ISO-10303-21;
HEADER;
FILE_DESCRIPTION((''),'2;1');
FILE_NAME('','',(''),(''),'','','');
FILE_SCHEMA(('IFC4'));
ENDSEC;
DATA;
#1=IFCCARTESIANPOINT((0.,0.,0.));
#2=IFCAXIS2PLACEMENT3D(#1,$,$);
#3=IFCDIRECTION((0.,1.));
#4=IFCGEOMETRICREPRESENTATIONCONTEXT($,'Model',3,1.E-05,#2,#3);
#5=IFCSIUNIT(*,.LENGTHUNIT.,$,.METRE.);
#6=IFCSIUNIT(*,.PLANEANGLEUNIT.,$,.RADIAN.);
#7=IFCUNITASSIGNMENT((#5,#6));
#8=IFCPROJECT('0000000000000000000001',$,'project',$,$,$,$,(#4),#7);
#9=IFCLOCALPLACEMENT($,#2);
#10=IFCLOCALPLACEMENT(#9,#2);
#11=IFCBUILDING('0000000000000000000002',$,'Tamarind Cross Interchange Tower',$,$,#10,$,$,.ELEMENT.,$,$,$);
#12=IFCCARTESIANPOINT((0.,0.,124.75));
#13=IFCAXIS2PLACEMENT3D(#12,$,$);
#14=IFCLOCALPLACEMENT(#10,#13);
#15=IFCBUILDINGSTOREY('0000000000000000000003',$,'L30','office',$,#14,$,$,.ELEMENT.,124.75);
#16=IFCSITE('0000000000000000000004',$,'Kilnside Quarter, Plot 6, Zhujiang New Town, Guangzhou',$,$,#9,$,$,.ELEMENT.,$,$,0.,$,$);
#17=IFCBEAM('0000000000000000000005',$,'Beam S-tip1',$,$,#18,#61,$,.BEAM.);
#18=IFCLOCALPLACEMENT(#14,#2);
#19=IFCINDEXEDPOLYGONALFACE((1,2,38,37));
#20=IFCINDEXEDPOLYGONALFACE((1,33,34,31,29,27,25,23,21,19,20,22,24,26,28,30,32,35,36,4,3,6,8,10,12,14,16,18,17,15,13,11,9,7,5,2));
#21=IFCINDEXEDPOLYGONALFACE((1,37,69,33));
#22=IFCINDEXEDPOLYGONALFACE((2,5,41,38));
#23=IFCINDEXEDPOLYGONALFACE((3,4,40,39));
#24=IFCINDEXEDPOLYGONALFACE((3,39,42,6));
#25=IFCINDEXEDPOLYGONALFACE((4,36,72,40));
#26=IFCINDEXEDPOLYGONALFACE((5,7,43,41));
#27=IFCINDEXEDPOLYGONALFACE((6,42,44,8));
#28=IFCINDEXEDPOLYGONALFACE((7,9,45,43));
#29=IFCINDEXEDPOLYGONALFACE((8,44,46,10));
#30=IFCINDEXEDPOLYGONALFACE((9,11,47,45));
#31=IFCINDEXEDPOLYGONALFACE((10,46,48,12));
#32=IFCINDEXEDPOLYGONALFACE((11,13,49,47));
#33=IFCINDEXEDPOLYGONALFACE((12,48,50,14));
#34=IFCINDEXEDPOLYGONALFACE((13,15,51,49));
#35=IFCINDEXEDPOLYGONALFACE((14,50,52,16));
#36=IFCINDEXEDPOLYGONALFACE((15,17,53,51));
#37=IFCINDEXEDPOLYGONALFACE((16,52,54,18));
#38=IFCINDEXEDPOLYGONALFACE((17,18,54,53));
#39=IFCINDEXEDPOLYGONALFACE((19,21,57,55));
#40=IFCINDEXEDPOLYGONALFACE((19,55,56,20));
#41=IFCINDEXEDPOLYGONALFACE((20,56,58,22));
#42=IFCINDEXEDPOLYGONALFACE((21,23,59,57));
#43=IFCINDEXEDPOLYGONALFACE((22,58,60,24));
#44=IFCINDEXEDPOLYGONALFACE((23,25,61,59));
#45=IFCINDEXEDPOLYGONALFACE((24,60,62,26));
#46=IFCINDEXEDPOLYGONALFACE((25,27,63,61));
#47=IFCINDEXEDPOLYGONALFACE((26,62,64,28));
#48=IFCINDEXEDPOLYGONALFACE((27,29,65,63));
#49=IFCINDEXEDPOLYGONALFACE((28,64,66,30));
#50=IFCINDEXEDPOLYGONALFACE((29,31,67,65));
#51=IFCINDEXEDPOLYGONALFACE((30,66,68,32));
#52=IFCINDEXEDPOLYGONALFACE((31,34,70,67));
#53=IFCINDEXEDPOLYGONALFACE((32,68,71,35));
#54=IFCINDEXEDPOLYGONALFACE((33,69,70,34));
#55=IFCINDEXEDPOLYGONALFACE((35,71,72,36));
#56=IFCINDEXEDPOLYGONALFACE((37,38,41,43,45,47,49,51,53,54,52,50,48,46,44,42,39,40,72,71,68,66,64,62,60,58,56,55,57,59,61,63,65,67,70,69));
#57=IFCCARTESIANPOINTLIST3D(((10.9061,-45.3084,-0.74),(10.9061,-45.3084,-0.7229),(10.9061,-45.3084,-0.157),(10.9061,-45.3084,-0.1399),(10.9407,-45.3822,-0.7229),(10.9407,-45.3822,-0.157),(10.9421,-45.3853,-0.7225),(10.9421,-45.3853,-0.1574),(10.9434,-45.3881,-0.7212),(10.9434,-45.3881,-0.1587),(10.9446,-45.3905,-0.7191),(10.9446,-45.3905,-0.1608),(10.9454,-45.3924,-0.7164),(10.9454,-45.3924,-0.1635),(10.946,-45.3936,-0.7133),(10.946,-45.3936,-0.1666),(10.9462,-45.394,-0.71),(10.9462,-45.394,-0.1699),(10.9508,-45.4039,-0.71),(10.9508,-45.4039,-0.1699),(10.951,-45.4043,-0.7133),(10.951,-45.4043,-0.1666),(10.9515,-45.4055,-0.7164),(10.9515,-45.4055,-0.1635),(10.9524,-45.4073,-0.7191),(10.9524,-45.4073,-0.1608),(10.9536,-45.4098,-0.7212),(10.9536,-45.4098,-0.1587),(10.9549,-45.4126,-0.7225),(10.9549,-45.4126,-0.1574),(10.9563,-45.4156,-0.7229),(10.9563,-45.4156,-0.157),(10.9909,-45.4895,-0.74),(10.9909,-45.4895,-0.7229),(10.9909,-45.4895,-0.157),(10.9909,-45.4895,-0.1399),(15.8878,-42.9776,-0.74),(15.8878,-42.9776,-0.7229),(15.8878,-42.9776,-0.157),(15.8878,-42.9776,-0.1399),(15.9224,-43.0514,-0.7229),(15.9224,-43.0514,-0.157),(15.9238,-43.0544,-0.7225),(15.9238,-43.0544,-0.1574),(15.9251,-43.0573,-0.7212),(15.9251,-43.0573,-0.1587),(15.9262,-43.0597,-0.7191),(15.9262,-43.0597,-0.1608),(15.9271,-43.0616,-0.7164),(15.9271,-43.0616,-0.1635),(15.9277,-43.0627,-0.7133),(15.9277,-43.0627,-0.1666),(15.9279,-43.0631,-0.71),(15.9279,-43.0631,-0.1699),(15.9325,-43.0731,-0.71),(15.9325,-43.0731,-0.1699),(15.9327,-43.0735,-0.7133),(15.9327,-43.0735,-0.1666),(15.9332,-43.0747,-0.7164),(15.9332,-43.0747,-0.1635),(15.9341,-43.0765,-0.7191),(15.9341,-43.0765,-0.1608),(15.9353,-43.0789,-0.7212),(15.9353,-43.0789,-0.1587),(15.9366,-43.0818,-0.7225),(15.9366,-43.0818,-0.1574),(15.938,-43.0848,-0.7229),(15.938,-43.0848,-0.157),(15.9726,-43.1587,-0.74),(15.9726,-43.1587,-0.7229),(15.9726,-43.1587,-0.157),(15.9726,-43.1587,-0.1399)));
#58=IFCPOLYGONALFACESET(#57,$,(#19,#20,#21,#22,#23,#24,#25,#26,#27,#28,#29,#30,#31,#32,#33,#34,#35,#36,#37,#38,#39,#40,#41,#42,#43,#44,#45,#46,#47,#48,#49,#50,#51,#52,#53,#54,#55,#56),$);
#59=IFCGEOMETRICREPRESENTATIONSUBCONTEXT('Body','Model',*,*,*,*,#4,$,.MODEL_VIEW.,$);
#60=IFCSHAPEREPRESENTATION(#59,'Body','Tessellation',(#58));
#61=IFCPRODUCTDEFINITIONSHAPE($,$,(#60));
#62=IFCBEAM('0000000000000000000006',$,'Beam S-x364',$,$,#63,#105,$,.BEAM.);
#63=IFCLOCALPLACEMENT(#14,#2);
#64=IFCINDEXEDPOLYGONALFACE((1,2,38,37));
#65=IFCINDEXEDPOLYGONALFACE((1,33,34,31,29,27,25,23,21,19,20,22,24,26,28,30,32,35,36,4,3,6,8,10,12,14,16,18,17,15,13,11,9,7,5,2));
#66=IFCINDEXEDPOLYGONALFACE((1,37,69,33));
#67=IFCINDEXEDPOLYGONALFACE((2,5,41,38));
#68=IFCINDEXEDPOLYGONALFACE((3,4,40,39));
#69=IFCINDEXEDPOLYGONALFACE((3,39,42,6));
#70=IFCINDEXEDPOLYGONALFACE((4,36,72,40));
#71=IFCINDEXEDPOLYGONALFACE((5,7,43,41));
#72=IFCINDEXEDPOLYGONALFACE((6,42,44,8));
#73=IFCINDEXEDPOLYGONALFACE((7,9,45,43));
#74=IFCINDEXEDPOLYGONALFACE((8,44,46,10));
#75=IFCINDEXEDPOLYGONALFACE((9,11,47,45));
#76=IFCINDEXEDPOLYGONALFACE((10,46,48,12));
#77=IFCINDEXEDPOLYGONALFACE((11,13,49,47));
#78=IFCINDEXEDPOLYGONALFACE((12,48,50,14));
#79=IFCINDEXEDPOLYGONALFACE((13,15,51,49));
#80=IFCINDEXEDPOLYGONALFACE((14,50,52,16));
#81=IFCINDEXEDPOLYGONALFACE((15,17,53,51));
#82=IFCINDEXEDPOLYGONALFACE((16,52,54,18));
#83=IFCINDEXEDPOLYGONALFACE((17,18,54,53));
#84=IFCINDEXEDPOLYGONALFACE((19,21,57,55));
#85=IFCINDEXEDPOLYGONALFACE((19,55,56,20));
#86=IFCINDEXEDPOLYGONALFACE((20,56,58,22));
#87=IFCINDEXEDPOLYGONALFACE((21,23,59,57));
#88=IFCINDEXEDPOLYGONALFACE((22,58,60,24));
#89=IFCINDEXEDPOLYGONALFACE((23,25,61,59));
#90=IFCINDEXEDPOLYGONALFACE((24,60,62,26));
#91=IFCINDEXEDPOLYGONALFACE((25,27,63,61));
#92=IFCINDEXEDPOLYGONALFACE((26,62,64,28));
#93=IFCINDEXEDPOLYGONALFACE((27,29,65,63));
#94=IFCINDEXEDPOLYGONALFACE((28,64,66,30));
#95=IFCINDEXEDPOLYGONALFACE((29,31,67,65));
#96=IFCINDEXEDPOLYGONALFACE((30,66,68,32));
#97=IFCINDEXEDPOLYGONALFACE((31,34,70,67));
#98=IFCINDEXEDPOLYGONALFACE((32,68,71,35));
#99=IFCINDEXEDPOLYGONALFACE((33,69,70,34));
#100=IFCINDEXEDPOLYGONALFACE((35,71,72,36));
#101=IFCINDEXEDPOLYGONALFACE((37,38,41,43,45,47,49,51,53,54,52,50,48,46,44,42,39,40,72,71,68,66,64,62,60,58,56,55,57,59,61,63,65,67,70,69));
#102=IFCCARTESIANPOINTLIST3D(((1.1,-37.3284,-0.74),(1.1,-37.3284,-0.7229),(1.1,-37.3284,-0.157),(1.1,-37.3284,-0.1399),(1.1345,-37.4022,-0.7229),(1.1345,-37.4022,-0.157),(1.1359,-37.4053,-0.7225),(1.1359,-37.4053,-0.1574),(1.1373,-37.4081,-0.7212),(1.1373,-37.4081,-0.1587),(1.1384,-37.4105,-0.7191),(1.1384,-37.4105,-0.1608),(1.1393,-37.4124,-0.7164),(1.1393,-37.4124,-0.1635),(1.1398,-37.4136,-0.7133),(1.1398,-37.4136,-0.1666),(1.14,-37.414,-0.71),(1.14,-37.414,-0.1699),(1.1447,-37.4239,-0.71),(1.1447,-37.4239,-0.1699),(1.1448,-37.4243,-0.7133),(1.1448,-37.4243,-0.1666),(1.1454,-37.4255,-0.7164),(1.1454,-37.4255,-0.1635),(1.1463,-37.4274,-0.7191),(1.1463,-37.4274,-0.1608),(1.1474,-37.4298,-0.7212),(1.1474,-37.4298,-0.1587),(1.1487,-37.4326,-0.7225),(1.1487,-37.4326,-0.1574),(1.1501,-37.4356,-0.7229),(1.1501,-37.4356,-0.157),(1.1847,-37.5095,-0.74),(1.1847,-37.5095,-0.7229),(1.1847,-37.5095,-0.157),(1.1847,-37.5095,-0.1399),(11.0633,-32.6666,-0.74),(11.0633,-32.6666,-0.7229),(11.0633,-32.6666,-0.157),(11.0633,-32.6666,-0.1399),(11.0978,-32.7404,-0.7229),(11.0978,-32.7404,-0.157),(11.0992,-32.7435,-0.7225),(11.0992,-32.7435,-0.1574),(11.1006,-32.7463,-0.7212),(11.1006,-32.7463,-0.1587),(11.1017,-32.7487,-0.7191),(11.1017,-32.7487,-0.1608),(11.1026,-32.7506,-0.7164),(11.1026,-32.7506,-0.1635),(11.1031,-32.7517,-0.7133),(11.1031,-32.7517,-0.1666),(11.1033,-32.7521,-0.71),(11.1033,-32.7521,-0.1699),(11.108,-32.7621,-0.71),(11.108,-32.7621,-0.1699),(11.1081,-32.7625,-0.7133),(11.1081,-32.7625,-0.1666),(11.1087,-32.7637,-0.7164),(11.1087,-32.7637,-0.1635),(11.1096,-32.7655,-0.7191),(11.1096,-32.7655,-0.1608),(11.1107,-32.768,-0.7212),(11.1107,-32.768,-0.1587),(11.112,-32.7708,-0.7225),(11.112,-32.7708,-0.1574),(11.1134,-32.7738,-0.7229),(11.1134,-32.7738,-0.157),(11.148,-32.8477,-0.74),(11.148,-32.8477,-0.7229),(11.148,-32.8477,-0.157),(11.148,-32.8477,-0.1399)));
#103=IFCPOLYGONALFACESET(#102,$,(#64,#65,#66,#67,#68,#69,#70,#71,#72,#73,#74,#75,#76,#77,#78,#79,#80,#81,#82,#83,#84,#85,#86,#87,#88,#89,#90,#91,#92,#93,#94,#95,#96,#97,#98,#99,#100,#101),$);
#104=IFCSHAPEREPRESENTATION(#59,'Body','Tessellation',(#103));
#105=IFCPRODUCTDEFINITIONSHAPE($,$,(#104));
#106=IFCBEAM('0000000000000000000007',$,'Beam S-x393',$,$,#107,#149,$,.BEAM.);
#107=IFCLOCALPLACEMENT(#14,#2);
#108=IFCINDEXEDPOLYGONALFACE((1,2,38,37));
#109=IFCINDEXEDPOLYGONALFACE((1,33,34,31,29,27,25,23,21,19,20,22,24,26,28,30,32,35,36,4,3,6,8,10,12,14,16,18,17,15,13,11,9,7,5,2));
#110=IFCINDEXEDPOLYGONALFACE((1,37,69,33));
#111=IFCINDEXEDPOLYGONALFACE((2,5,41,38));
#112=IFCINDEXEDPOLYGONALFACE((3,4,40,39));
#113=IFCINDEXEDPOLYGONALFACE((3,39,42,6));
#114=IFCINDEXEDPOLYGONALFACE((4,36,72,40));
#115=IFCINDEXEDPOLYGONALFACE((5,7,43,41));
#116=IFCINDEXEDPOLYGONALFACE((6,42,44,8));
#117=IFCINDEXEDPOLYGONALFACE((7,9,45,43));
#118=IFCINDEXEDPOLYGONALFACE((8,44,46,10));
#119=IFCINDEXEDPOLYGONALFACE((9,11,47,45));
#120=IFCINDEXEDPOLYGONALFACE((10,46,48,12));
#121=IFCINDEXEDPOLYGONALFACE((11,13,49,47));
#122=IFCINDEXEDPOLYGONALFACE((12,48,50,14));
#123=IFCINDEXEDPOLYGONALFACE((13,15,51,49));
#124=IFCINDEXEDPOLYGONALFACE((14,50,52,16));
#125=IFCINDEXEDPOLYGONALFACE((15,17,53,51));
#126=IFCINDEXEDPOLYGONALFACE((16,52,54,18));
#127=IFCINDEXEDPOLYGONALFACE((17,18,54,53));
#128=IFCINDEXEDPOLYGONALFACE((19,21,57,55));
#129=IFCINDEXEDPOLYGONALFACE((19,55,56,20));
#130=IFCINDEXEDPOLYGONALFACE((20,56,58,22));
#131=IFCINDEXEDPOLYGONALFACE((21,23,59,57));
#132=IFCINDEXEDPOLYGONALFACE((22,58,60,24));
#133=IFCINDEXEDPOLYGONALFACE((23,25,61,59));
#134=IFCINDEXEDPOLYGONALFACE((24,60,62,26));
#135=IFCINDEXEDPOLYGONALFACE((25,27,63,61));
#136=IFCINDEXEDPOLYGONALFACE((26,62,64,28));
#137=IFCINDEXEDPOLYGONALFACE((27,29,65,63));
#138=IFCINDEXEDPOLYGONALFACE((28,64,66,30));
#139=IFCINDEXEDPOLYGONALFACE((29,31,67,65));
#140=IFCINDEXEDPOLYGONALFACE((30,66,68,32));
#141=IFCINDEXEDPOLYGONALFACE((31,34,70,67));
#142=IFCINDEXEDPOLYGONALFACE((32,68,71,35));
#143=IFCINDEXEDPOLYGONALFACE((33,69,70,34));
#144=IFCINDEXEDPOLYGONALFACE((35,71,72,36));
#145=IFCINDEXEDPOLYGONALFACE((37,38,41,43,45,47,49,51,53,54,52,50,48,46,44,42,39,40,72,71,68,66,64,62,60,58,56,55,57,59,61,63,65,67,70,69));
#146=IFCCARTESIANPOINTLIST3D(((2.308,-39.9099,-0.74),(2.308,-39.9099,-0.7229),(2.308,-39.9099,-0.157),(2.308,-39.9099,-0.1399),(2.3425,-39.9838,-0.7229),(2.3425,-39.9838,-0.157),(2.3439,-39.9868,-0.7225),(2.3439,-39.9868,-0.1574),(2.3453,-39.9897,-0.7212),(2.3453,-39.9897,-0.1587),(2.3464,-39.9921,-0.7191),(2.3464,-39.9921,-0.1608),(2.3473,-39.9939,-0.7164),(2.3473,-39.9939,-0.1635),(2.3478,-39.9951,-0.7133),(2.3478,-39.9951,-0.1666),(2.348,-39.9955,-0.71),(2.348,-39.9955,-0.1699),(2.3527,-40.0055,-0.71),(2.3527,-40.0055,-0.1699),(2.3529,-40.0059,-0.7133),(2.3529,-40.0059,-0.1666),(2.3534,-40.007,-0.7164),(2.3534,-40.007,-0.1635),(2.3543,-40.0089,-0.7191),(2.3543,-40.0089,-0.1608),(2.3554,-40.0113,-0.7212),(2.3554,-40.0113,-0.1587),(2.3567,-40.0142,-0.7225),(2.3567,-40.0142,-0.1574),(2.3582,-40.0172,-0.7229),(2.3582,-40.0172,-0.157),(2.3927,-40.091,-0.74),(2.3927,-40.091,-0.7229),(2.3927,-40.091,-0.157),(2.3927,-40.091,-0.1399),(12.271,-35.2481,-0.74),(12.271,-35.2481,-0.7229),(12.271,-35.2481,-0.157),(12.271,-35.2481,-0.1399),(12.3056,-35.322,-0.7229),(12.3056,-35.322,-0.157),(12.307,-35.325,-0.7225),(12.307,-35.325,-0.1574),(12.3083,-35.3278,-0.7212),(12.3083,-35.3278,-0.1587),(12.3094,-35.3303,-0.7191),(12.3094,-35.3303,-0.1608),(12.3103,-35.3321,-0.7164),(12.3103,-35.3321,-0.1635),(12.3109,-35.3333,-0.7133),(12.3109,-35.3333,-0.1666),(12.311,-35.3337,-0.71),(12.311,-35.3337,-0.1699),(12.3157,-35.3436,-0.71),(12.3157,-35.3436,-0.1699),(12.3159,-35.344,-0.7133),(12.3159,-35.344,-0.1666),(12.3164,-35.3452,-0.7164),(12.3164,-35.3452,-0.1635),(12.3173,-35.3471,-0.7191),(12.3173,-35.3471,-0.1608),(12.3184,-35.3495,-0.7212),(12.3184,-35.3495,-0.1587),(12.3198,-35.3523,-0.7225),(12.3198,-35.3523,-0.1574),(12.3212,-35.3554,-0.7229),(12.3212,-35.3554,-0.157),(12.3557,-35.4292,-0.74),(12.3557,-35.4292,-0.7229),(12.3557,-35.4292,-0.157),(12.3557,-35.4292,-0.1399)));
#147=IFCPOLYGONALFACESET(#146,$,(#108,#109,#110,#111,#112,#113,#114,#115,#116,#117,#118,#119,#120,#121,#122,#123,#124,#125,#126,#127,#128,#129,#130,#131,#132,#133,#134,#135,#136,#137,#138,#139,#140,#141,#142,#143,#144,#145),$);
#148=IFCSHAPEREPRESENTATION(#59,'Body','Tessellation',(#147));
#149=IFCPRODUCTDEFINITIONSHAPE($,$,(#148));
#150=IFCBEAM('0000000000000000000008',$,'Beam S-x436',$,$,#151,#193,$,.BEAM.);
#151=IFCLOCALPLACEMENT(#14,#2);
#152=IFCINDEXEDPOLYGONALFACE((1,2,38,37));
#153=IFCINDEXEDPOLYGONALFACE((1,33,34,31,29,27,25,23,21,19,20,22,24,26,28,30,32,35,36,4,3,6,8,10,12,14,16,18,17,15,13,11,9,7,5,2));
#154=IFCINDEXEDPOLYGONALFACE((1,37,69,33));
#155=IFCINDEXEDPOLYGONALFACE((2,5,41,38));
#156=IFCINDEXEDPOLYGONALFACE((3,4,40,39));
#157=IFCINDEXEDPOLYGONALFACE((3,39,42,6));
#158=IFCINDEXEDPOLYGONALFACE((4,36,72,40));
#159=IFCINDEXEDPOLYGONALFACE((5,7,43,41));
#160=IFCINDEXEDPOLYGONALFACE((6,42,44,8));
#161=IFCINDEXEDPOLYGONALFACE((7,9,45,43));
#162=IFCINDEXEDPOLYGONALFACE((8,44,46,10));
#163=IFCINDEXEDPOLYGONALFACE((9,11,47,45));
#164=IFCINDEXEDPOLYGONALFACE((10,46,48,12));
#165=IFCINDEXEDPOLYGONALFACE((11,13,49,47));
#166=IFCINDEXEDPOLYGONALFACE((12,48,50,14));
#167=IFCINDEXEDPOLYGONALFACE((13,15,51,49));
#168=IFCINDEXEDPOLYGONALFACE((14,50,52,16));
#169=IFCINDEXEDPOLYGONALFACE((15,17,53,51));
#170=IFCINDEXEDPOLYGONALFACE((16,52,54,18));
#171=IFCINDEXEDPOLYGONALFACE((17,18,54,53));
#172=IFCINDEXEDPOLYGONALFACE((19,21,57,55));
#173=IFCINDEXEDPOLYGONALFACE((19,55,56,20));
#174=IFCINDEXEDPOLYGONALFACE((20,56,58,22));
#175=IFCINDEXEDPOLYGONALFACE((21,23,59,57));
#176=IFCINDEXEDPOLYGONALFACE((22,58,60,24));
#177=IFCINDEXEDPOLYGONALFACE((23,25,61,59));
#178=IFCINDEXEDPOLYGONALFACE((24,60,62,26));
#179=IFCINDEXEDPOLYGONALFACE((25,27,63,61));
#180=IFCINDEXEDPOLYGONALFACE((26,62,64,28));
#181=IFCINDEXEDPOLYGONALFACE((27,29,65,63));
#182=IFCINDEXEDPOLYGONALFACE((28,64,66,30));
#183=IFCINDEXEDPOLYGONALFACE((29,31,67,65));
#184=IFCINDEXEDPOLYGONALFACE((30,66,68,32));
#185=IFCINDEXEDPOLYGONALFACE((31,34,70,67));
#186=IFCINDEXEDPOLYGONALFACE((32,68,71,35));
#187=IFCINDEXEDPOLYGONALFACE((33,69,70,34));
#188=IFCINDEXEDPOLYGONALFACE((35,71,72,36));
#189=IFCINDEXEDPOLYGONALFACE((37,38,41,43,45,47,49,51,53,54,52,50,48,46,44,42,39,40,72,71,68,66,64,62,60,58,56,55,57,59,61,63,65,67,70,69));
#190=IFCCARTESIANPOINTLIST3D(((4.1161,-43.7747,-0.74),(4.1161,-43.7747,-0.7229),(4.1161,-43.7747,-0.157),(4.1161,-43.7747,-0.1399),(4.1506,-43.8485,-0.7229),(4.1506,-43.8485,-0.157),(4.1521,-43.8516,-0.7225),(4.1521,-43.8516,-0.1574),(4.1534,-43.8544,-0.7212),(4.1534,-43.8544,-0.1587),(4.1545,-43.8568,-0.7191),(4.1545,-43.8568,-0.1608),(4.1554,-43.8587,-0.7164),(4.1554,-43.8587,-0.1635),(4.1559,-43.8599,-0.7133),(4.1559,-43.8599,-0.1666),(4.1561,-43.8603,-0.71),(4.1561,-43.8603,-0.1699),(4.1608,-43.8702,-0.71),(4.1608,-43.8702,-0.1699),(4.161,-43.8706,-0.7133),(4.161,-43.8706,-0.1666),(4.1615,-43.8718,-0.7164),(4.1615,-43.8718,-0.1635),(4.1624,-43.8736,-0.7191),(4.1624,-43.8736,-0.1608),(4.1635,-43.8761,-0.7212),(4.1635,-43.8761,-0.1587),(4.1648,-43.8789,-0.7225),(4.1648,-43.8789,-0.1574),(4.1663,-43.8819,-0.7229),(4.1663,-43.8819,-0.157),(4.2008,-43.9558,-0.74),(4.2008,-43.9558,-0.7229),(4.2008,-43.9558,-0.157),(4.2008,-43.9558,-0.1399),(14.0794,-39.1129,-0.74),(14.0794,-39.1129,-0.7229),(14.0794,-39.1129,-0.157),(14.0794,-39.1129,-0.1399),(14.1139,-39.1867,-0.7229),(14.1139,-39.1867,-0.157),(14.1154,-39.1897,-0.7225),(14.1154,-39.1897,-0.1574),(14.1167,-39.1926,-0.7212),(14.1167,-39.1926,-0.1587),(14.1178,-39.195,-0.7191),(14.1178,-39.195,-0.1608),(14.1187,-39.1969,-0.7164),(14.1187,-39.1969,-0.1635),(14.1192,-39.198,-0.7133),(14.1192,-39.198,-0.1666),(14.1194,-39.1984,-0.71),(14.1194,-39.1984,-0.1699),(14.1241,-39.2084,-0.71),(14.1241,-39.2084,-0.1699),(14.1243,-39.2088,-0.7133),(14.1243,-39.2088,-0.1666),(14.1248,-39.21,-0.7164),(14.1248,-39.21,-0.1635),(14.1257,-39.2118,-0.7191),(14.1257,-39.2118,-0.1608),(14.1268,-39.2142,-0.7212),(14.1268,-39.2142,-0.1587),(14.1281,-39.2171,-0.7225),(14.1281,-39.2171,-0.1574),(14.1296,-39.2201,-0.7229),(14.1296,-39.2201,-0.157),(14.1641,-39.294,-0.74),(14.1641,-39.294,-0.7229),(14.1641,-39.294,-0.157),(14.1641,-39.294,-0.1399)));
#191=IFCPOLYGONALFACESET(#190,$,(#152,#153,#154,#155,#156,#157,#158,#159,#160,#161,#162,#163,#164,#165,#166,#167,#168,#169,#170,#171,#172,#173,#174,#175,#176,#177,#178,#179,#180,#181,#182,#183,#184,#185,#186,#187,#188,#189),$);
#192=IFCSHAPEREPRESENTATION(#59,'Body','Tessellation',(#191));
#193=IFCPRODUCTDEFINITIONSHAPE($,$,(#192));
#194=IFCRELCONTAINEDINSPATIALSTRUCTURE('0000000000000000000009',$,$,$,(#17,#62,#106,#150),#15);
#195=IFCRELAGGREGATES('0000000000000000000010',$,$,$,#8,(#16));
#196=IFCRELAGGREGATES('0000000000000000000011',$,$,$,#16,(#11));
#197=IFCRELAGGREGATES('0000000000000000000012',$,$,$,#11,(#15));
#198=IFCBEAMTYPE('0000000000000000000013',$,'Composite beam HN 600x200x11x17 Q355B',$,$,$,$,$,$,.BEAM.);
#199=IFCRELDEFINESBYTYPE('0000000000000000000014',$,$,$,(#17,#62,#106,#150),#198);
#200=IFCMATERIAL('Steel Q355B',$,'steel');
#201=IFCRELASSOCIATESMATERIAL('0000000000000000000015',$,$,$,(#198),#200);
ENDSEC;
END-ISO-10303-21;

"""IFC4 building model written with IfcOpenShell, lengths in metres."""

from ifc_helpers import new_model, si_unit, direction, frame, origin, origin_2d, place, context, subcontext, project, spatial, i_section, extrude, material, material_profile, profile_set, type_object, element, save


model = new_model("IFC4")

# Units and contexts
model_context = context("Model", 3, precision=1e-05, world=origin(), true_north=direction((0.0, 1.0)))
body_context = subcontext(model_context, "Body", "Model", "MODEL_VIEW")
ifc_project = project(units=[si_unit("LENGTHUNIT", "METRE"), si_unit("PLANEANGLEUNIT", "RADIAN")], contexts=[model_context])

# Site, building, storey
site_placement = place(None, origin())
site = spatial("IfcSite", under=ifc_project, at=site_placement, Name="Kilnside Quarter, Plot 6, Zhujiang New Town, Guangzhou", CompositionType="ELEMENT", RefElevation=0.0)
building_placement = place(site_placement, origin())
building = spatial("IfcBuilding", under=site, at=building_placement, Name="Tamarind Cross Interchange Tower", CompositionType="ELEMENT")
storey_placement = place(building_placement, frame((0.0, 0.0, 124.75)))
storey = spatial("IfcBuildingStorey", under=building, at=storey_placement, Name="L30", Description="office", CompositionType="ELEMENT", Elevation=124.75)

# Beams
ifc_material_1 = material(Name="Steel Q355B", Category="steel")
ifc_material_profile_1 = material_profile(ifc_material_1, i_section(OverallWidth=0.2, OverallDepth=0.6001, WebThickness=0.011, FlangeThickness=0.0171, FilletRadius=0.0129, at=origin_2d()), Name="HN 600x200x11x17")
ifc_profile_set_1 = profile_set([ifc_material_profile_1], Name="Steel Q355B")
beam_type_1 = type_object("IfcBeamType", Name="Composite beam HN 600x200x11x17 Q355B", PredefinedType="BEAM", material=ifc_profile_set_1)
for number, where, z_axis, x_axis, name in (
    (1, (10.9485, -45.3989, -0.4399), (0.905763, 0.423784, 0.0), (-0.423784, 0.905763, 0.0), "Beam S-tip1"),
):
    element("IfcBeam", number, at=place(storey_placement, frame(where, z_axis=z_axis, x_axis=x_axis)), inside=storey, type_object=beam_type_1, Name=name, PredefinedType="BEAM", context=body_context, shape_type="SweptSolid", body=[
        extrude(i_section(OverallWidth=0.2, OverallDepth=0.6001, WebThickness=0.011, FlangeThickness=0.0171, FilletRadius=0.0129, at=origin_2d()), origin(), (0.0, 0.0, 1.0), 5.5),
    ])
beam_1_placement = place(storey_placement, frame((1.1423, -37.4189, -0.4399), z_axis=(0.905755, 0.423803, 0.0), x_axis=(-0.423803, 0.905755, 0.0)))
element("IfcBeam", 2, at=beam_1_placement, inside=storey, type_object=beam_type_1, Name="Beam S-x364", PredefinedType="BEAM", context=body_context, shape_type="SweptSolid", body=[
    extrude(i_section(OverallWidth=0.2, OverallDepth=0.6001, WebThickness=0.011, FlangeThickness=0.0171, FilletRadius=0.0129, at=origin_2d()), origin(), (0.0, 0.0, 1.0), 11.0),
])
beam_2_placement = place(storey_placement, frame((2.3503, -40.0005, -0.4399), z_axis=(0.905751, 0.423811, 0.0), x_axis=(-0.423811, 0.905751, 0.0)))
element("IfcBeam", 3, at=beam_2_placement, inside=storey, type_object=beam_type_1, Name="Beam S-x393", PredefinedType="BEAM", context=body_context, shape_type="SweptSolid", body=[
    extrude(i_section(OverallWidth=0.2, OverallDepth=0.6001, WebThickness=0.011, FlangeThickness=0.0171, FilletRadius=0.0129, at=origin_2d()), origin(), (0.0, 0.0, 1.0), 10.9998),
])
beam_3_placement = place(storey_placement, frame((4.1584, -43.8652, -0.4399), z_axis=(0.905755, 0.423803, 0.0), x_axis=(-0.423803, 0.905755, 0.0)))
element("IfcBeam", 4, at=beam_3_placement, inside=storey, type_object=beam_type_1, Name="Beam S-x436", PredefinedType="BEAM", context=body_context, shape_type="SweptSolid", body=[
    extrude(i_section(OverallWidth=0.2, OverallDepth=0.6001, WebThickness=0.011, FlangeThickness=0.0171, FilletRadius=0.0129, at=origin_2d()), origin(), (0.0, 0.0, 1.0), 11.0),
])

save(model, "model.ifc")
